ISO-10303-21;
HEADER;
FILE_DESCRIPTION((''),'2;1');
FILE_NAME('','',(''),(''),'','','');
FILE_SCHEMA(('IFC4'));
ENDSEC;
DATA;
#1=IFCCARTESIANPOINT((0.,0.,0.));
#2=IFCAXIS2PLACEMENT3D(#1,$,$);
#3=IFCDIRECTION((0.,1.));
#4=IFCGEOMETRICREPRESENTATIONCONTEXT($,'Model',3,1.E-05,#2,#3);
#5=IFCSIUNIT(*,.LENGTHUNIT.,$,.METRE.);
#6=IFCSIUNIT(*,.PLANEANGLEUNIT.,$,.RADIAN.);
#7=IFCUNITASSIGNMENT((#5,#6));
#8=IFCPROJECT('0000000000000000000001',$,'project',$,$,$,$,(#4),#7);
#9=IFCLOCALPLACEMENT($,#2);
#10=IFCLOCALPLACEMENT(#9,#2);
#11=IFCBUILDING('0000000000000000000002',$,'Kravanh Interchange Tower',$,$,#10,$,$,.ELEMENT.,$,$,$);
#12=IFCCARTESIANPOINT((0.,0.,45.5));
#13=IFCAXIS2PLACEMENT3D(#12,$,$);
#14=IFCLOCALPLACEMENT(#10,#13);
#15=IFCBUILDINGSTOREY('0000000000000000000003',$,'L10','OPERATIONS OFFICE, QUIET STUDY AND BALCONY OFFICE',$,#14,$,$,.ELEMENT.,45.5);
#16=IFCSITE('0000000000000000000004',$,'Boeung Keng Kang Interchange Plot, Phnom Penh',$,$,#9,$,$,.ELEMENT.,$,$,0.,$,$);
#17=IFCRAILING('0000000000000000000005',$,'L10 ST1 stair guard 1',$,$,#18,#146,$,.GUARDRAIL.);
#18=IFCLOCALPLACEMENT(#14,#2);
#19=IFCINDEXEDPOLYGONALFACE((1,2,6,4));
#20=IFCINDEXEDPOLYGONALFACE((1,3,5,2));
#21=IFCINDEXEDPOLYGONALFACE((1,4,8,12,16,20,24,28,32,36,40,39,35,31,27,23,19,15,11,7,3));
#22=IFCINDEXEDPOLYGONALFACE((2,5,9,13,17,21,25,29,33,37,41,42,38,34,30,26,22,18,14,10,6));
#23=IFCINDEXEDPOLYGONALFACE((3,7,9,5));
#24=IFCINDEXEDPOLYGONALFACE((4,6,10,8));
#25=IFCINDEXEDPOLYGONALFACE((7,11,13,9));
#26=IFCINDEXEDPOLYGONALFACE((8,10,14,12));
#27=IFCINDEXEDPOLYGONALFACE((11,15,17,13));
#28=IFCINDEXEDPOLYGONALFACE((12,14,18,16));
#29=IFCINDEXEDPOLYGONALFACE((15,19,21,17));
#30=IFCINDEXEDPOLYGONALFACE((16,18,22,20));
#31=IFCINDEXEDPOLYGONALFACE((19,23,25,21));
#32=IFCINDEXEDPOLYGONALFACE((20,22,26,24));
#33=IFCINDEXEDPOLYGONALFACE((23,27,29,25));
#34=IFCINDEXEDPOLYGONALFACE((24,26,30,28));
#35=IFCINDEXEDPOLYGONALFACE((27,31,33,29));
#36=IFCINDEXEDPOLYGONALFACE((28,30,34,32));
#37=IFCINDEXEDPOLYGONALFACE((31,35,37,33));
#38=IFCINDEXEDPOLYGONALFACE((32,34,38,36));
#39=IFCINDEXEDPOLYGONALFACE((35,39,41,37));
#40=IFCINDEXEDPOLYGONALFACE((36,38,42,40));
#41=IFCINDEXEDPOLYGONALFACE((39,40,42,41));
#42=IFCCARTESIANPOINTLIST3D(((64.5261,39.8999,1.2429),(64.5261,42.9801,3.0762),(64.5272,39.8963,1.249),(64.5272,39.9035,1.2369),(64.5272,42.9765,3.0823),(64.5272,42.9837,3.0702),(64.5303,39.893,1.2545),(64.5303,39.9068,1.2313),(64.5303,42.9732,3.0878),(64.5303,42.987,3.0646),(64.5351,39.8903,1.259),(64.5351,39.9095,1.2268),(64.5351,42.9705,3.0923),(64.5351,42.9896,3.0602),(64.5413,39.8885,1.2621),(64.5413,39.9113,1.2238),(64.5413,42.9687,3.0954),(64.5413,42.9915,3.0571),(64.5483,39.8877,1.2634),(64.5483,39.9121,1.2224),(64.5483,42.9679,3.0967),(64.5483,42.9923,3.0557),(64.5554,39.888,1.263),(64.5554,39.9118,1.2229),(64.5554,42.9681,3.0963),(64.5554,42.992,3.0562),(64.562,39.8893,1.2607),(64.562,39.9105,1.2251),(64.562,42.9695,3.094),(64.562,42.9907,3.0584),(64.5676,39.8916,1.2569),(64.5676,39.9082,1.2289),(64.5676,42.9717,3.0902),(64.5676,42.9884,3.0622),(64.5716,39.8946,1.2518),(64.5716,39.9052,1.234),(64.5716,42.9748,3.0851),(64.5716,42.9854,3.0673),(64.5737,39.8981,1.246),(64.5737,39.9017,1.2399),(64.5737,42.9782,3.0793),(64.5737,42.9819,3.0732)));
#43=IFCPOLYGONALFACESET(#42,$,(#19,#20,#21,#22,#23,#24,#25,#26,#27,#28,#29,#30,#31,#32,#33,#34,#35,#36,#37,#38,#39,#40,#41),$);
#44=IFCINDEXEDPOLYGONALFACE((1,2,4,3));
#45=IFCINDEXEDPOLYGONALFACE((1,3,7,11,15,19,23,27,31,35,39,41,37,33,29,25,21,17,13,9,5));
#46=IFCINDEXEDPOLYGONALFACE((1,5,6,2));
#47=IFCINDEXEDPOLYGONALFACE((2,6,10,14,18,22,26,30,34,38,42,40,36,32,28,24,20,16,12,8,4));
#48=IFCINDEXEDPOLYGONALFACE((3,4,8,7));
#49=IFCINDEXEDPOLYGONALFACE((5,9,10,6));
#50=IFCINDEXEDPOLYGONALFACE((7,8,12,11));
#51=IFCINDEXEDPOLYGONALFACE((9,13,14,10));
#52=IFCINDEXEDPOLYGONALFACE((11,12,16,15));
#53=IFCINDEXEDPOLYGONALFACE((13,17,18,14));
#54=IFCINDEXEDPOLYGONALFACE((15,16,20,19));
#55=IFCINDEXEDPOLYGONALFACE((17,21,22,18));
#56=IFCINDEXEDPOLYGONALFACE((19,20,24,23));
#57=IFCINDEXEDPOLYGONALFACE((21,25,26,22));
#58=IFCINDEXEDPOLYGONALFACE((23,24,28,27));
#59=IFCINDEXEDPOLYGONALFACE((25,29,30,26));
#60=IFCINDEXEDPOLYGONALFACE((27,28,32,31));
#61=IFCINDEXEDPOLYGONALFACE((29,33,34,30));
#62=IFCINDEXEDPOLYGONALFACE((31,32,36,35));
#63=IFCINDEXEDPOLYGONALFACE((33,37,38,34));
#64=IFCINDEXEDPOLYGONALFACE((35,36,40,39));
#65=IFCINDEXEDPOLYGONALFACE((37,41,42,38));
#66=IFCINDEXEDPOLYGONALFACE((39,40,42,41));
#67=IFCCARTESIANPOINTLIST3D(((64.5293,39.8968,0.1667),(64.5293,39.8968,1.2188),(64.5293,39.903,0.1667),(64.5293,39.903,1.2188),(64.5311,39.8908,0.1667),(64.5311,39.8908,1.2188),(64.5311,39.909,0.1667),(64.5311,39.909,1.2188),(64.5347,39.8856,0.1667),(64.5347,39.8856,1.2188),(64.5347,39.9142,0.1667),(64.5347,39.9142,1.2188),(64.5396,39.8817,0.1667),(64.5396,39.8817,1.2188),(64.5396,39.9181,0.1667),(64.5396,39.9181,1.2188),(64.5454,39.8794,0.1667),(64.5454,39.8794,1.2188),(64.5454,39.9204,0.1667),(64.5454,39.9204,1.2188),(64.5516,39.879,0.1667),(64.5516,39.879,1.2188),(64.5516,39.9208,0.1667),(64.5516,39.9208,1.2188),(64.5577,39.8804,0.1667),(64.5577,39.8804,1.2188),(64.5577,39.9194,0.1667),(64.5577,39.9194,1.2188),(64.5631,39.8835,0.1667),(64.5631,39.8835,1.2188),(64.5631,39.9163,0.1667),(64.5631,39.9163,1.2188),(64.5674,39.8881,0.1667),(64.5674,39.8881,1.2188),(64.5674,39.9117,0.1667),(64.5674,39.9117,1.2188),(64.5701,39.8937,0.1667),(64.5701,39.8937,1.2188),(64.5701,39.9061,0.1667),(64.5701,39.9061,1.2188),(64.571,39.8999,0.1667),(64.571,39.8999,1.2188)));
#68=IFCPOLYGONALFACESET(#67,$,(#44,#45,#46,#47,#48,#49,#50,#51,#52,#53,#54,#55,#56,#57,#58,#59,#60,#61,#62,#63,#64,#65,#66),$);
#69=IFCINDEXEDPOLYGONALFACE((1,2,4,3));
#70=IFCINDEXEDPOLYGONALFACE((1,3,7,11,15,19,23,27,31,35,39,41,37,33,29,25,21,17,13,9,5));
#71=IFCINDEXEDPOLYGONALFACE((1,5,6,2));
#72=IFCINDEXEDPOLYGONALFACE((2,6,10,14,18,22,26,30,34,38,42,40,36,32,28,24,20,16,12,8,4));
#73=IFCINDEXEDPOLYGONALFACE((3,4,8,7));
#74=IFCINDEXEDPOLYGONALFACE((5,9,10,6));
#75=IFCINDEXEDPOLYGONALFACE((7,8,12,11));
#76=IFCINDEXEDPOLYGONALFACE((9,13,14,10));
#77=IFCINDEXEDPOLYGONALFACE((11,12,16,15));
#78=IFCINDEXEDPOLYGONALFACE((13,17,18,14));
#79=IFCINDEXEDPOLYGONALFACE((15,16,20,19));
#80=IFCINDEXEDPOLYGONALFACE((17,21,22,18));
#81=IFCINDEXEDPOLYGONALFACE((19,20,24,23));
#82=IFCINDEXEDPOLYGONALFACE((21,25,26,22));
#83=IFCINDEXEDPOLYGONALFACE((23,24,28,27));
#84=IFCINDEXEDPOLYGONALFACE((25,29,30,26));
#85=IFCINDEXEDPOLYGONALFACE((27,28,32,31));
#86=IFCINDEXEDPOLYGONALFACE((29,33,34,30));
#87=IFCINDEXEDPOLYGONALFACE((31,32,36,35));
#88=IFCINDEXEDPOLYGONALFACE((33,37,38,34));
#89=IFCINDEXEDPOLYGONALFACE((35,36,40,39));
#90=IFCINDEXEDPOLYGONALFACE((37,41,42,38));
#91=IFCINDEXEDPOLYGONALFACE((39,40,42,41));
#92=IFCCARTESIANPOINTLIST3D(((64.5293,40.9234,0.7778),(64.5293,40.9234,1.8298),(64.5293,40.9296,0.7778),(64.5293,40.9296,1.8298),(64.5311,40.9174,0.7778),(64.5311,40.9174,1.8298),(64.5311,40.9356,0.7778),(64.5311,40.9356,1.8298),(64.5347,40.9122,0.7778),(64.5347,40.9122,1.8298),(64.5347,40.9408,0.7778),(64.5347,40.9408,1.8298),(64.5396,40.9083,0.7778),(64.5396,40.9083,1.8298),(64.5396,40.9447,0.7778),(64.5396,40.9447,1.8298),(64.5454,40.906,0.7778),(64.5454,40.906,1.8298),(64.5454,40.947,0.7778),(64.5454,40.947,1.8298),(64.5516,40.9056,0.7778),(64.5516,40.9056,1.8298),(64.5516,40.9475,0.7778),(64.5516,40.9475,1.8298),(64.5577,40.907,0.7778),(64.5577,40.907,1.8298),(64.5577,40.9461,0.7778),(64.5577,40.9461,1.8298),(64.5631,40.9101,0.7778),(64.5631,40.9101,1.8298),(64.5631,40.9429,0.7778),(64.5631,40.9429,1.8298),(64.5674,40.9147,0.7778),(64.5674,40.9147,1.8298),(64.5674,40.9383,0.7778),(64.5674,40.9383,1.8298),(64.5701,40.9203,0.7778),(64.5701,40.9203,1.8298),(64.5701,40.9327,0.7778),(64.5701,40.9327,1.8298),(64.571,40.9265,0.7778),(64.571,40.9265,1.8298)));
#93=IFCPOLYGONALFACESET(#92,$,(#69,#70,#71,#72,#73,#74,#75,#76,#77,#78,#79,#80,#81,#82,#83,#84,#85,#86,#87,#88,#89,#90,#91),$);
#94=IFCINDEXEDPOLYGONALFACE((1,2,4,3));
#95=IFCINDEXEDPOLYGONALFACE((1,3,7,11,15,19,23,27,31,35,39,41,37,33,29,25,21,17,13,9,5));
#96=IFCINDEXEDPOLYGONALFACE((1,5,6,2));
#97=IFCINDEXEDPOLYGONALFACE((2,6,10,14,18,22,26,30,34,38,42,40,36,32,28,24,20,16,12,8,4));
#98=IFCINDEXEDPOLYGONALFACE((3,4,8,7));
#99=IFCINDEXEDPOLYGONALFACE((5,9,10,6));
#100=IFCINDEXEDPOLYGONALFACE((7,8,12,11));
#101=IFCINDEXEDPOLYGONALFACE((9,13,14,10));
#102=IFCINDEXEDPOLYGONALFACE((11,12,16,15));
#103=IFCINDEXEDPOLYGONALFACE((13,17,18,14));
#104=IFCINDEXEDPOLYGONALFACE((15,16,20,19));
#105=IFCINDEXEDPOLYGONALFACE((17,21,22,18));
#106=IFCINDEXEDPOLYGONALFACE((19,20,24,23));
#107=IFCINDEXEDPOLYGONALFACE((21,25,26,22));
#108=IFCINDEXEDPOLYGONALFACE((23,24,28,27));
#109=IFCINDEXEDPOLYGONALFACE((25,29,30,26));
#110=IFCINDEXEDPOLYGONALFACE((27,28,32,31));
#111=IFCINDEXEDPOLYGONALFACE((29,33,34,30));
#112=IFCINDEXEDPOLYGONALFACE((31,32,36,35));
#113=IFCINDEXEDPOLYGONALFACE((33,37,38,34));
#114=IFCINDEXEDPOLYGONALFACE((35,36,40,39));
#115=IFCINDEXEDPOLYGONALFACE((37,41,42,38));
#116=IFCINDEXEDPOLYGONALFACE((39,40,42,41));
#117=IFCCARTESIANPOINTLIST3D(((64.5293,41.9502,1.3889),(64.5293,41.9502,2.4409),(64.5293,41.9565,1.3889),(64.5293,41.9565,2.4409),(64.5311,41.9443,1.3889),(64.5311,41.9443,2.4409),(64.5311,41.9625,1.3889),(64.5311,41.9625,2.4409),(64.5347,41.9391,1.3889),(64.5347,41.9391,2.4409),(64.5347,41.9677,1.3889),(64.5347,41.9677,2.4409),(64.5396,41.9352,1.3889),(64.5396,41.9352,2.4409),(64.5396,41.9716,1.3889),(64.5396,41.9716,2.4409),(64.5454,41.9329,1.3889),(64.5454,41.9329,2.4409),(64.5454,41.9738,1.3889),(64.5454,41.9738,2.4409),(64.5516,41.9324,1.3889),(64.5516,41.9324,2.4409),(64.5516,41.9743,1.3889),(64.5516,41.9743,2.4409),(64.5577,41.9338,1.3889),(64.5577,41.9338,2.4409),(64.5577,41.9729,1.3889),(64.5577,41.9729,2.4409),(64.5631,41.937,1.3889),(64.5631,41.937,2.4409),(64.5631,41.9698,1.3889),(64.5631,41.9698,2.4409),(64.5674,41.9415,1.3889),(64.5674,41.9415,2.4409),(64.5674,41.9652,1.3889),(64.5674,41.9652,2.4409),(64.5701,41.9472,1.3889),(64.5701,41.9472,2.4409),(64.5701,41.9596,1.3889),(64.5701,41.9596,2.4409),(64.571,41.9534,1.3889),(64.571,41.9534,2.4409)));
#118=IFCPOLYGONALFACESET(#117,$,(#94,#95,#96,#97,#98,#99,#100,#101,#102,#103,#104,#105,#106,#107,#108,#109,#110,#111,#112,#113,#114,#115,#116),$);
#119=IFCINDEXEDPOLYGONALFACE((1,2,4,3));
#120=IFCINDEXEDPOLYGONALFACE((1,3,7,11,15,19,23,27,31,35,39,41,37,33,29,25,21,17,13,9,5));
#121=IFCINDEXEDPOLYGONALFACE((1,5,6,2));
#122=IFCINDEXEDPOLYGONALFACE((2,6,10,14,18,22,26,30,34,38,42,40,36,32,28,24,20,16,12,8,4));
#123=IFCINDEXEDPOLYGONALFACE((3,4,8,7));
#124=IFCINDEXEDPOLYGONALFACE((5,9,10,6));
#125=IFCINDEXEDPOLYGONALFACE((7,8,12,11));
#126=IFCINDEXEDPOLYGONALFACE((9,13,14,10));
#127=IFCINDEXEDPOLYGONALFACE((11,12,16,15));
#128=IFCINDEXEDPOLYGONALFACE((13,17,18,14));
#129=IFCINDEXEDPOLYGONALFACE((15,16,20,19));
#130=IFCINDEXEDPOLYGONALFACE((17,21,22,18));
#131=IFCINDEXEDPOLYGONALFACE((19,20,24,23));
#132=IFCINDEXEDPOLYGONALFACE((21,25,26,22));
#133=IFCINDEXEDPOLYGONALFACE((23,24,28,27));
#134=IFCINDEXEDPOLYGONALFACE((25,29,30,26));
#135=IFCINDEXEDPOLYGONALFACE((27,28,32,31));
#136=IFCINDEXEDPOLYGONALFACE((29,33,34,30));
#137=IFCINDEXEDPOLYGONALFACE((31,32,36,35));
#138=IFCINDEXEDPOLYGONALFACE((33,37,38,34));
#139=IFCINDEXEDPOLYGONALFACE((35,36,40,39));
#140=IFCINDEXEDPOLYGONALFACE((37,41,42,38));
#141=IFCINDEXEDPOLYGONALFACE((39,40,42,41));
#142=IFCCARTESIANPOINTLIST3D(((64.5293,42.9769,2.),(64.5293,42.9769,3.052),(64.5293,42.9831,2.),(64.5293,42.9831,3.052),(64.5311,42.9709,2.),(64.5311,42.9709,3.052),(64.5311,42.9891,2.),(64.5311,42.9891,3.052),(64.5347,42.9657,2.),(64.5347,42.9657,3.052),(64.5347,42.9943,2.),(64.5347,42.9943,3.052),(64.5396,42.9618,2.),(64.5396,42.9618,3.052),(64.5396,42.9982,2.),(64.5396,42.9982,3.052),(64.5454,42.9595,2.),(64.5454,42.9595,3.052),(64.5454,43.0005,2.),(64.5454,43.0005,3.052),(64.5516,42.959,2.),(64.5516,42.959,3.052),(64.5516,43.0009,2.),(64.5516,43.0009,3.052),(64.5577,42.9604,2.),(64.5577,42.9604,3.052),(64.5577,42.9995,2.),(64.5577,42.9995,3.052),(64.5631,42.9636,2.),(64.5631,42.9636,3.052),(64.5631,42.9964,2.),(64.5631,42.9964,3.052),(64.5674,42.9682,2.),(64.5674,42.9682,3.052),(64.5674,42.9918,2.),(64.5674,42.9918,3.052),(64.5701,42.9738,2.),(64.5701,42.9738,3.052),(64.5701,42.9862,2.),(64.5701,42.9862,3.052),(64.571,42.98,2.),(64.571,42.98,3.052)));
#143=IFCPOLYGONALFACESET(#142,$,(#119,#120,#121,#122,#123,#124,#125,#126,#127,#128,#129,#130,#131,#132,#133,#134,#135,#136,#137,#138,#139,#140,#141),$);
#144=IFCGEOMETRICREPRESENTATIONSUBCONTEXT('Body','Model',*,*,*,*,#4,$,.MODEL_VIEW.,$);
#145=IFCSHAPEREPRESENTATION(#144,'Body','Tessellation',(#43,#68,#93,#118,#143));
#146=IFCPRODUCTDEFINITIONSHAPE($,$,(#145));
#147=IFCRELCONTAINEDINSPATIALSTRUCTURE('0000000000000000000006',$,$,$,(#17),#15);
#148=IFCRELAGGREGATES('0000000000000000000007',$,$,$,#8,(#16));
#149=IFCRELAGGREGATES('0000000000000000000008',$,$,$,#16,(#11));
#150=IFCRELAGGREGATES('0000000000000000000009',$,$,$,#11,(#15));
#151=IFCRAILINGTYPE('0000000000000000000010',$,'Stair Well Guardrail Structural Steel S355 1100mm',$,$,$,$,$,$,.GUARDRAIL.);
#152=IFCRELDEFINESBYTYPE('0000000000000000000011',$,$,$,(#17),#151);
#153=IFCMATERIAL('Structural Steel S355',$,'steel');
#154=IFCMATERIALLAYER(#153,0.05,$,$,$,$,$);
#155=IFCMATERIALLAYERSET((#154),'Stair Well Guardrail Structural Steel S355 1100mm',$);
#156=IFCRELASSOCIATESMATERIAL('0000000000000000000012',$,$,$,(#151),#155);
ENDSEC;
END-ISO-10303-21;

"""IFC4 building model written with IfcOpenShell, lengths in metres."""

from ifc_helpers import new_model, si_unit, direction, frame, origin, origin_2d, place, context, subcontext, project, spatial, circle, extrude, material, layer, layer_set, type_object, element, save


model = new_model("IFC4")

# Units and contexts
model_context = context("Model", 3, precision=1e-05, world=origin(), true_north=direction((0.0, 1.0)))
body_context = subcontext(model_context, "Body", "Model", "MODEL_VIEW")
ifc_project = project(units=[si_unit("LENGTHUNIT", "METRE"), si_unit("PLANEANGLEUNIT", "RADIAN")], contexts=[model_context])

# Site, building, storey
site_placement = place(None, origin())
site = spatial("IfcSite", under=ifc_project, at=site_placement, Name="Boeung Keng Kang Interchange Plot, Phnom Penh", CompositionType="ELEMENT", RefElevation=0.0)
building_placement = place(site_placement, origin())
building = spatial("IfcBuilding", under=site, at=building_placement, Name="Kravanh Interchange Tower", CompositionType="ELEMENT")
storey_placement = place(building_placement, frame((0.0, 0.0, 45.5)))
storey = spatial("IfcBuildingStorey", under=building, at=storey_placement, Name="L10", Description="OPERATIONS OFFICE, QUIET STUDY AND BALCONY OFFICE", CompositionType="ELEMENT", Elevation=45.5)

# Railing
ifc_material_1 = material(Name="Structural Steel S355", Category="steel")
ifc_layer_1 = layer(ifc_material_1, 0.05)
ifc_layer_set_1 = layer_set([ifc_layer_1], Name="Stair Well Guardrail Structural Steel S355 1100mm")
railing_type_1 = type_object("IfcRailingType", Name="Stair Well Guardrail Structural Steel S355 1100mm", PredefinedType="GUARDRAIL", material=ifc_layer_set_1)
railing_1_placement = place(storey_placement, frame((64.55, 39.8999, 0.1667)))
element("IfcRailing", 1, at=railing_1_placement, inside=storey, type_object=railing_type_1, Name="L10 ST1 stair guard 1", PredefinedType="GUARDRAIL", context=body_context, shape_type="SweptSolid", body=[
    extrude(circle(Radius=0.0239, at=origin_2d()), frame((0.0, 0.0, 1.0762), z_axis=(0.0, 0.859309, 0.511458), x_axis=(-1.0, 0.0, 0.0)), (0.0, 0.0, 1.0), 3.5845),
    extrude(circle(Radius=0.021, at=origin_2d()), origin(), (0.0, 0.0, 1.0), 1.052),
    extrude(circle(Radius=0.021, at=origin_2d()), frame((0.0, 1.0266, 0.6111)), (0.0, 0.0, 1.0), 1.052),
    extrude(circle(Radius=0.021, at=origin_2d()), frame((0.0, 2.0535, 1.2222)), (0.0, 0.0, 1.0), 1.052),
    extrude(circle(Radius=0.021, at=origin_2d()), frame((0.0, 3.0801, 1.8333)), (0.0, 0.0, 1.0), 1.052),
])

save(model, "model.ifc")
